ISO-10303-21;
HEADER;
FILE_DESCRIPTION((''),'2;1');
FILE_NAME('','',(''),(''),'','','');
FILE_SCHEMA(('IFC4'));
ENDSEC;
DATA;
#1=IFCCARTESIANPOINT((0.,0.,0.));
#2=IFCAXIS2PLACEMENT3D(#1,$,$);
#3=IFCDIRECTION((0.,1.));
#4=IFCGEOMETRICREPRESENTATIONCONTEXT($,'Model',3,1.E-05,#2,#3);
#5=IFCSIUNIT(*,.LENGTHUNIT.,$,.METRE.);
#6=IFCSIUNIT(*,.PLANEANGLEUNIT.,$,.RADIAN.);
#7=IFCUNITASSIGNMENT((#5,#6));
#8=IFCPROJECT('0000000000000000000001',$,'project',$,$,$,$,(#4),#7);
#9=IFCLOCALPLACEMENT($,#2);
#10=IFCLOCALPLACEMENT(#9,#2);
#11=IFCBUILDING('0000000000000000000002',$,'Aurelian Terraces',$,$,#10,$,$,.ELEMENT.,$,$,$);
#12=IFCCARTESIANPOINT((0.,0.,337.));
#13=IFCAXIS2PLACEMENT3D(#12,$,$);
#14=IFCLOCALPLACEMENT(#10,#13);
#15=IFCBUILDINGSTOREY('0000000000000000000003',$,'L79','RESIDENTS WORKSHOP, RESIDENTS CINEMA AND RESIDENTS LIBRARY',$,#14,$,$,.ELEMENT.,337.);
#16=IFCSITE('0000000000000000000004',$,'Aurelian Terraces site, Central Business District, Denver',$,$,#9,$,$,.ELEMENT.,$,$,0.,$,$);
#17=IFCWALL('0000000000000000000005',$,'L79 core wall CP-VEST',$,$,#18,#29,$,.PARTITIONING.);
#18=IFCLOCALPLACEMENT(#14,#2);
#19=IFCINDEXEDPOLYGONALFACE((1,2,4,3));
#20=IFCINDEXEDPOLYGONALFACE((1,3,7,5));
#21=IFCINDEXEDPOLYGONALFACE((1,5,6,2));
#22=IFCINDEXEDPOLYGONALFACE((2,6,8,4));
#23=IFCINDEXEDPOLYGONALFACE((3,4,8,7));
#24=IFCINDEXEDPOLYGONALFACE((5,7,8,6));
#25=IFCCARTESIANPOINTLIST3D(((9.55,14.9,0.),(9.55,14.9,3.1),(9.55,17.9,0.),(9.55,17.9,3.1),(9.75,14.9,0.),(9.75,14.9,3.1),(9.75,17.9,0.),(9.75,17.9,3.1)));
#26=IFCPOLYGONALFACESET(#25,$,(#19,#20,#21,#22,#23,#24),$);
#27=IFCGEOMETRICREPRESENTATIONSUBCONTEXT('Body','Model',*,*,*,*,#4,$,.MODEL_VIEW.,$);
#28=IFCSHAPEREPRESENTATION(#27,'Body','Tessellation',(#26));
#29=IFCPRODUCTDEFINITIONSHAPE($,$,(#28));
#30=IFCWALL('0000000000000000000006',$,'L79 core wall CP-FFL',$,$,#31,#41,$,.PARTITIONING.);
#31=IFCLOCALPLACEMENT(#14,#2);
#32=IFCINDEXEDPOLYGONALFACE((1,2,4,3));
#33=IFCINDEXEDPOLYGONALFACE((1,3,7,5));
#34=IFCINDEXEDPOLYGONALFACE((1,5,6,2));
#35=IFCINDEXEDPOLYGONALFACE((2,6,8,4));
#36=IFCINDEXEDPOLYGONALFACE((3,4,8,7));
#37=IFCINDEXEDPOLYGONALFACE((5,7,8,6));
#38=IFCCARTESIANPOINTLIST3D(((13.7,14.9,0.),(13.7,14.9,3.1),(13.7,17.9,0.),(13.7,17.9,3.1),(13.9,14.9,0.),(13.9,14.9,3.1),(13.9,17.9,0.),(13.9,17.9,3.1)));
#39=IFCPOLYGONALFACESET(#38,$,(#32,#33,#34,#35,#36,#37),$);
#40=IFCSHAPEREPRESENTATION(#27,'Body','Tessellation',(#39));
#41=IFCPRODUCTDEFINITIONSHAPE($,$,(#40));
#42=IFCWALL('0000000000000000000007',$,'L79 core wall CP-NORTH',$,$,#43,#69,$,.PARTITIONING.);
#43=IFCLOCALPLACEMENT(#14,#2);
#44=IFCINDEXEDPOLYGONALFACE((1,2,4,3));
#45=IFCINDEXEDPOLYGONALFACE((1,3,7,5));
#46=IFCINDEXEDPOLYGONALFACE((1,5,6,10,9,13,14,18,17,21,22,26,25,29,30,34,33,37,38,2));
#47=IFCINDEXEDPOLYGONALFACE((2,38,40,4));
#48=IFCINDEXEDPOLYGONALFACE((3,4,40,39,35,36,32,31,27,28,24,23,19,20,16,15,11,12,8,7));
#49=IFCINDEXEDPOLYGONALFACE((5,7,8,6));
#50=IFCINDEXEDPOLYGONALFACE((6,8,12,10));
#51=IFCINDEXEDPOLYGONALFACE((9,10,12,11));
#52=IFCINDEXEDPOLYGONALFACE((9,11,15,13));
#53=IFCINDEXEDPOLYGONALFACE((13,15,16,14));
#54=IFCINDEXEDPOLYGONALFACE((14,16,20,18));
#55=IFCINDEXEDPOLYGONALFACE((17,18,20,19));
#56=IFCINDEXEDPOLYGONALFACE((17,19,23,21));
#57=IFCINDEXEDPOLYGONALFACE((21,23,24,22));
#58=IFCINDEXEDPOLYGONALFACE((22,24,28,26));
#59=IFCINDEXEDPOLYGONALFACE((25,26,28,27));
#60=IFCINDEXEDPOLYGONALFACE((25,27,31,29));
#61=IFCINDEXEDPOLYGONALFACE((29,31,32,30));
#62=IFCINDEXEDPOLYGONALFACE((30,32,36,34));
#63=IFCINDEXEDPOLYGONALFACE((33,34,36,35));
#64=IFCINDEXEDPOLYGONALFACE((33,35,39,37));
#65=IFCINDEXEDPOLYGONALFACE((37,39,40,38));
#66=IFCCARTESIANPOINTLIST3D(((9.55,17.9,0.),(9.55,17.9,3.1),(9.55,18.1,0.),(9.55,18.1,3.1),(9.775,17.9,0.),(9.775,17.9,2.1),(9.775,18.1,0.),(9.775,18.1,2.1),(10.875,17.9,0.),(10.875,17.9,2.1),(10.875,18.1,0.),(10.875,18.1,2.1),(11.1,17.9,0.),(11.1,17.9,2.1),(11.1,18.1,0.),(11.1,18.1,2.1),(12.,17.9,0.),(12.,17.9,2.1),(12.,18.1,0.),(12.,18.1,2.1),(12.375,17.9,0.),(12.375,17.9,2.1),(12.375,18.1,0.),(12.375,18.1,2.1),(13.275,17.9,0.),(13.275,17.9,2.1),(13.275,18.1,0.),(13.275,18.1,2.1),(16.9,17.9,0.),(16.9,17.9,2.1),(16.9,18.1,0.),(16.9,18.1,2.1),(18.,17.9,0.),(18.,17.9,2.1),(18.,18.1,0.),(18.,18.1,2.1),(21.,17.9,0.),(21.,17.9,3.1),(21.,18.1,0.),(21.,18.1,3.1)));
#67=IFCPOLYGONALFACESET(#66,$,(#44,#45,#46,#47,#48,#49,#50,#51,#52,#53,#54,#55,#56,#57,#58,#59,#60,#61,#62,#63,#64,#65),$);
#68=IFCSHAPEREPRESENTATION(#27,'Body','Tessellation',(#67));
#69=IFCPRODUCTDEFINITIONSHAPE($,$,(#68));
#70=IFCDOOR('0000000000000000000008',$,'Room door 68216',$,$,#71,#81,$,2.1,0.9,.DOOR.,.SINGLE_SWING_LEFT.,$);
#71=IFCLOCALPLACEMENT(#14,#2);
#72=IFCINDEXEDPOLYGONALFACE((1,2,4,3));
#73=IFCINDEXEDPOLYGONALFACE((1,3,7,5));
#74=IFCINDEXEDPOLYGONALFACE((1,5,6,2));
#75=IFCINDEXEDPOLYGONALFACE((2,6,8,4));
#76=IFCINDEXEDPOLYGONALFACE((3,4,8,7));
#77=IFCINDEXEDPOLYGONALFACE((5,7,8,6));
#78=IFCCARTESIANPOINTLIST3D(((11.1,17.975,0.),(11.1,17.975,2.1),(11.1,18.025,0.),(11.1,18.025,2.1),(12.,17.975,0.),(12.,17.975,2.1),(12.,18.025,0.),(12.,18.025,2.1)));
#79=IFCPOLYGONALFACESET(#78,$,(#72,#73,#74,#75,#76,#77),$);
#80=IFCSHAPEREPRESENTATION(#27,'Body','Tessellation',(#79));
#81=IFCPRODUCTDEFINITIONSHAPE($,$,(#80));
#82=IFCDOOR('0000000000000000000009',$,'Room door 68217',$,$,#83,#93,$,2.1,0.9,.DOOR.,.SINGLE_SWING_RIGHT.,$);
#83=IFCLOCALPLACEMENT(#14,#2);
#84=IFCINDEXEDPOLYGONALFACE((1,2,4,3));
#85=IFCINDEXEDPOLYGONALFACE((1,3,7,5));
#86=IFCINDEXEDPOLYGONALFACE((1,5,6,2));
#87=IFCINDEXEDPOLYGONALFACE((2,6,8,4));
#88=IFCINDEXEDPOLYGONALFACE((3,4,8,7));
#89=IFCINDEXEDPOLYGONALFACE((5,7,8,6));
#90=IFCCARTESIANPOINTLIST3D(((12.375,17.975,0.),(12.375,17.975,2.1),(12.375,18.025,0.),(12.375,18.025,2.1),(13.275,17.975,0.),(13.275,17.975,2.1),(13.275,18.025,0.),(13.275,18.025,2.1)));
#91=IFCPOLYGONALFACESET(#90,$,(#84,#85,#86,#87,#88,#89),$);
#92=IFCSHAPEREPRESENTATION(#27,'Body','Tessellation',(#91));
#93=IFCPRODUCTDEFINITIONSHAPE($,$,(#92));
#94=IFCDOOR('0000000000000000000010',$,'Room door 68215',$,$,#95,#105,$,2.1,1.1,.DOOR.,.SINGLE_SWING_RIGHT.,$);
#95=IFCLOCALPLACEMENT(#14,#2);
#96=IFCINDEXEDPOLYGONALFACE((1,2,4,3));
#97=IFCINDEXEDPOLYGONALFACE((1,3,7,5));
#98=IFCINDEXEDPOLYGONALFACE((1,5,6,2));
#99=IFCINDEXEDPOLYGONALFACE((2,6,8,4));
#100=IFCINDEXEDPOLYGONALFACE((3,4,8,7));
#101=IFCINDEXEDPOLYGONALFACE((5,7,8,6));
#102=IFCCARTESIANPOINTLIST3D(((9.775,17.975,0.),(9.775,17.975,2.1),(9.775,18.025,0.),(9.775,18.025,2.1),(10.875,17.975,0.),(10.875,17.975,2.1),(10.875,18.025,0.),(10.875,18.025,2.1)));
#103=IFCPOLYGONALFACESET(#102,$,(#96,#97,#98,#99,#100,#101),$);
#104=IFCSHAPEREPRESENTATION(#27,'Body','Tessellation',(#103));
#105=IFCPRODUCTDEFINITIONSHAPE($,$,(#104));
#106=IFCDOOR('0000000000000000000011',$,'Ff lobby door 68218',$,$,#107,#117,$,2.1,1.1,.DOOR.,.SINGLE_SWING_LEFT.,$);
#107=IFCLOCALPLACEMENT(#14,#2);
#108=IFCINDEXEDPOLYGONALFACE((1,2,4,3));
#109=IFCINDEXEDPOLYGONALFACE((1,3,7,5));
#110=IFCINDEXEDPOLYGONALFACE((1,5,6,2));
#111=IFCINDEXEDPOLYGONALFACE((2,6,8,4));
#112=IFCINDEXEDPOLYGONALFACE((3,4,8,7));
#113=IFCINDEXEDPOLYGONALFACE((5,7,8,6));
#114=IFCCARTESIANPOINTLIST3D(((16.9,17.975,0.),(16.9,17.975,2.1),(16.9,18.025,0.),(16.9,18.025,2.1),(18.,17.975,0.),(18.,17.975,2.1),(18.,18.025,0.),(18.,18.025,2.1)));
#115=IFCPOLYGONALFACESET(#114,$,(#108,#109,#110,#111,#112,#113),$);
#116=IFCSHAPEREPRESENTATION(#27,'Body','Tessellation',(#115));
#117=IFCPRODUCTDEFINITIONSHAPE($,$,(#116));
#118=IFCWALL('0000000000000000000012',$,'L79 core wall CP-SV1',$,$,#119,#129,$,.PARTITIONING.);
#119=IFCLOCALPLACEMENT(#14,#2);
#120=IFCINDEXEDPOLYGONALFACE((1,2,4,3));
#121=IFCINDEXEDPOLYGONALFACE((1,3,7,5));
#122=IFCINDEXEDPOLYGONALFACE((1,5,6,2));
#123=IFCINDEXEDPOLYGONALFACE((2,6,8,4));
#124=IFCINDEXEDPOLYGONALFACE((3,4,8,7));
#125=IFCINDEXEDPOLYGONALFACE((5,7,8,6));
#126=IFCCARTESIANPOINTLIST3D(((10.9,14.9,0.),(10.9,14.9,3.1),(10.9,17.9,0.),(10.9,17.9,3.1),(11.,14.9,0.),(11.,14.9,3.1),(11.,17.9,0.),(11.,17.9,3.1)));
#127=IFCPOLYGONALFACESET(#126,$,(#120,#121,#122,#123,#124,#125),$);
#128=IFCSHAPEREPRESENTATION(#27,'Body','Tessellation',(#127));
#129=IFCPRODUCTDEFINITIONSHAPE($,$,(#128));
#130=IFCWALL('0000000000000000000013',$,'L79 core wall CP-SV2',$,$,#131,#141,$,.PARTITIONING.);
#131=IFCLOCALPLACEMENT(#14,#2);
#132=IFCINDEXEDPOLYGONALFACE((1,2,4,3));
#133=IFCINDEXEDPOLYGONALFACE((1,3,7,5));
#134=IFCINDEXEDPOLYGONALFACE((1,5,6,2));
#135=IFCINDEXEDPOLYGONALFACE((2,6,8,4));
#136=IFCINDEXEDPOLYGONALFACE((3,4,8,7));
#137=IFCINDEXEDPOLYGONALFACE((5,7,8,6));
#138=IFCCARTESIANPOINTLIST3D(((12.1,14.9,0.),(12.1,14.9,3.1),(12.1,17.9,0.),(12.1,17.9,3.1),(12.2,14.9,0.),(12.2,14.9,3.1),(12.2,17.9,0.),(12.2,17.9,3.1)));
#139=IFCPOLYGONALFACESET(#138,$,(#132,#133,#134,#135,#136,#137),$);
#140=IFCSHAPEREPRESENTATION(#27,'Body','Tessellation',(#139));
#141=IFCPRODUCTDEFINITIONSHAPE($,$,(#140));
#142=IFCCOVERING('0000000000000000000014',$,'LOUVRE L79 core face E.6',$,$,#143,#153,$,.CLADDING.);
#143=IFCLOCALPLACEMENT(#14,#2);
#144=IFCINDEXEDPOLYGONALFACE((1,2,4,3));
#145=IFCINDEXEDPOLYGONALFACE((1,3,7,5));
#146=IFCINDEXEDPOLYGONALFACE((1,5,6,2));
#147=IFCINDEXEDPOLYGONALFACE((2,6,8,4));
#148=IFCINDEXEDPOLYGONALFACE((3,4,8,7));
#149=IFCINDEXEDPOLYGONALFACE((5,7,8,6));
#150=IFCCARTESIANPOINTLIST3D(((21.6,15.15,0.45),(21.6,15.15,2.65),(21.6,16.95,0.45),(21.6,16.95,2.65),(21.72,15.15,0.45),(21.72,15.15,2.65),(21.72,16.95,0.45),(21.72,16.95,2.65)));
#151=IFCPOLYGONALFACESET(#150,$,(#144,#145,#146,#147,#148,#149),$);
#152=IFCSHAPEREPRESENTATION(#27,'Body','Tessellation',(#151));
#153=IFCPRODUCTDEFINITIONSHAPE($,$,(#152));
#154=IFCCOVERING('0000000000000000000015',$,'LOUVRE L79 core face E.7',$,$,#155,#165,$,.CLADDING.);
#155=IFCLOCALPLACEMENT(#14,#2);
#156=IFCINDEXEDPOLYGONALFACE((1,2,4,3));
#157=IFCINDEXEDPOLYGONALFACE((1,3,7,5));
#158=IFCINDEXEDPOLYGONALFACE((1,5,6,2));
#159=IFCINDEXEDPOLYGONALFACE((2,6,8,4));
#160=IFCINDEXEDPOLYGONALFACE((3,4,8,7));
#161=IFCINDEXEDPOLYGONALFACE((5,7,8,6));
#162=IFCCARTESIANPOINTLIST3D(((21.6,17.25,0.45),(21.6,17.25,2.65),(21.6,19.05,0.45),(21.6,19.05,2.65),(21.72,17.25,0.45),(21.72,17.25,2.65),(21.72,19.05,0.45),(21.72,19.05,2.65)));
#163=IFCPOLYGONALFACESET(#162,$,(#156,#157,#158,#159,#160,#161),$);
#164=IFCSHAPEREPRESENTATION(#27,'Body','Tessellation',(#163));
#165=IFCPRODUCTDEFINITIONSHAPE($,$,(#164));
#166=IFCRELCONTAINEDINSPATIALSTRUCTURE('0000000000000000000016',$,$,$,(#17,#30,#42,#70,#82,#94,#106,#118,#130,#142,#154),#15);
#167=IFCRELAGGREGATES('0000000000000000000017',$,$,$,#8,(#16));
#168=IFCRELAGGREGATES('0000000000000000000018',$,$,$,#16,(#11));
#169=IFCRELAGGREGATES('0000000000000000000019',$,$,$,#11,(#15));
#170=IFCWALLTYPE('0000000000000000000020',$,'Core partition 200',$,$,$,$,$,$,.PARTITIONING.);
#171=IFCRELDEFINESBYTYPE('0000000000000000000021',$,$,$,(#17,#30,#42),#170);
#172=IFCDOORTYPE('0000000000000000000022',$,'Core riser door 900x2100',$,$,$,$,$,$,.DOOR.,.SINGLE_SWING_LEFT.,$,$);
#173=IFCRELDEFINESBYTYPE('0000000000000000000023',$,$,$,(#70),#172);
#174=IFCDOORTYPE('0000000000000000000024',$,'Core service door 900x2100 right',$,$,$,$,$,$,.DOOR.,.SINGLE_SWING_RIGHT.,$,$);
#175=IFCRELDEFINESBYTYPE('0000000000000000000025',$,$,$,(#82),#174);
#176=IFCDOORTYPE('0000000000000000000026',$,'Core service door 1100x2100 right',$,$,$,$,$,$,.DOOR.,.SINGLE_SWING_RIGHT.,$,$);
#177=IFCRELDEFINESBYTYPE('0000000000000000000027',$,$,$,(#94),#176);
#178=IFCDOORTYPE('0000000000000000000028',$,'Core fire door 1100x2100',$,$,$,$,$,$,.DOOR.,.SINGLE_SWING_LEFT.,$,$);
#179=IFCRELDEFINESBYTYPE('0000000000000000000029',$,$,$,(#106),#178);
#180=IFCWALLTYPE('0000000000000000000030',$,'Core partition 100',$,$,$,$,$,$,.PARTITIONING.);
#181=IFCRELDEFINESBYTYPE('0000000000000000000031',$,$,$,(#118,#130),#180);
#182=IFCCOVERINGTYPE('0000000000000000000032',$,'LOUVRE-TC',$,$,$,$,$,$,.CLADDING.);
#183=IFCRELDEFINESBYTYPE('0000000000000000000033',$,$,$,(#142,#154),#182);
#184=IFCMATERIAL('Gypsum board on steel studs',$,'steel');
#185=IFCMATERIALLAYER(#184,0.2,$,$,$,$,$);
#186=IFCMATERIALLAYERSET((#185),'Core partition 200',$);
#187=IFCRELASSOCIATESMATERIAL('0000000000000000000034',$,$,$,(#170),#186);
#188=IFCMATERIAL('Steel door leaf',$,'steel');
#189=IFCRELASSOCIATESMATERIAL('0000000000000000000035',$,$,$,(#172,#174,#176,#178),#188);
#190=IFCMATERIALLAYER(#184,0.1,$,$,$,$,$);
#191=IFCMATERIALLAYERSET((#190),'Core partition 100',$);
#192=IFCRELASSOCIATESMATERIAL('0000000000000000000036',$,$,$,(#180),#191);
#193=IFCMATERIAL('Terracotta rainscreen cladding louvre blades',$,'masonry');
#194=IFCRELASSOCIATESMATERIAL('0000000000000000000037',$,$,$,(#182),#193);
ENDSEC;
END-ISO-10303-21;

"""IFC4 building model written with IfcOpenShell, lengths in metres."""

from ifc_helpers import new_model, si_unit, direction, frame, frame_2d, origin, origin_2d, place, context, subcontext, project, spatial, rectangle, extrude, source, transform, mapped, material, layer, layer_set, type_object, element, fill, save


model = new_model("IFC4")

# Units and contexts
model_context = context("Model", 3, precision=1e-05, world=origin(), true_north=direction((0.0, 1.0)))
body_context = subcontext(model_context, "Body", "Model", "MODEL_VIEW")
ifc_project = project(units=[si_unit("LENGTHUNIT", "METRE"), si_unit("PLANEANGLEUNIT", "RADIAN")], contexts=[model_context])

# Site, building, storey
site_placement = place(None, origin())
site = spatial("IfcSite", under=ifc_project, at=site_placement, Name="Aurelian Terraces site, Central Business District, Denver", CompositionType="ELEMENT", RefElevation=0.0)
building_placement = place(site_placement, origin())
building = spatial("IfcBuilding", under=site, at=building_placement, Name="Aurelian Terraces", CompositionType="ELEMENT")
storey_placement = place(building_placement, frame((0.0, 0.0, 337.0)))
storey = spatial("IfcBuildingStorey", under=building, at=storey_placement, Name="L79", Description="RESIDENTS WORKSHOP, RESIDENTS CINEMA AND RESIDENTS LIBRARY", CompositionType="ELEMENT", Elevation=337.0)

# Walls
ifc_material_1 = material(Name="Gypsum board on steel studs", Category="steel")
ifc_layer_1 = layer(ifc_material_1, 0.2)
ifc_layer_set_1 = layer_set([ifc_layer_1], Name="Core partition 200")
wall_type_1 = type_object("IfcWallType", Name="Core partition 200", PredefinedType="PARTITIONING", material=ifc_layer_set_1)
shared_shape_1 = source(origin(), body_context, "Body", "SweptSolid", [
    extrude(rectangle(XDim=3.0, YDim=0.2, at=frame_2d((1.5, 0.0))), origin(), (0.0, 0.0, 1.0), 3.1),
])
for number, where, z_axis, x_axis, name in (
    (1, (9.65, 14.9, 0.0), (0.0, 0.0, 1.0), (0.0, 1.0, 0.0), "L79 core wall CP-VEST"),
    (2, (13.8, 14.9, 0.0), (0.0, 0.0, 1.0), (0.0, 1.0, 0.0), "L79 core wall CP-FFL"),
):
    element("IfcWall", number, at=place(storey_placement, frame(where, z_axis=z_axis, x_axis=x_axis)), inside=storey, type_object=wall_type_1, Name=name, PredefinedType="PARTITIONING", context=body_context, shape_type="MappedRepresentation", body=[
        mapped(shared_shape_1, transform((0.0, 0.0, 0.0), scale=1.0)),
    ])

# Wall, openings, doors
shared_shape_2 = source(origin(), body_context, "Body", "SweptSolid", [
    extrude(rectangle(XDim=11.45, YDim=0.2, at=frame_2d((5.725, 0.0))), origin(), (0.0, 0.0, 1.0), 3.1),
])
wall_placement = place(storey_placement, frame((9.55, 18.0, 0.0), z_axis=(0.0, 0.0, 1.0), x_axis=(1.0, 0.0, 0.0)))
wall = element("IfcWall", 3, at=wall_placement, inside=storey, type_object=wall_type_1, Name="L79 core wall CP-NORTH", PredefinedType="PARTITIONING", context=body_context, shape_type="MappedRepresentation", body=[
    mapped(shared_shape_2, transform((0.0, 0.0, 0.0), scale=1.0)),
])
shared_shape_3 = source(origin(), body_context, "Body", "SweptSolid", [
    extrude(rectangle(XDim=1.1, YDim=2.1, at=frame_2d((0.55, 1.05))), frame((0.0, 0.11, 0.0), z_axis=(0.0, -1.0, 0.0), x_axis=(1.0, 0.0, 0.0)), (0.0, 0.0, 1.0), 0.22),
])
opening_1_placement = place(wall_placement, frame((0.225, 0.0, 0.0)))
opening_1 = element("IfcOpeningElement", 4, at=opening_1_placement, cuts=wall, PredefinedType="OPENING", context=body_context, shape_type="MappedRepresentation", body=[
    mapped(shared_shape_3, transform((0.0, 0.0, 0.0), scale=1.0)),
])
shared_shape_4 = source(origin(), body_context, "Body", "SweptSolid", [
    extrude(rectangle(XDim=0.9, YDim=2.1, at=frame_2d((0.45, 1.05))), frame((0.0, 0.11, 0.0), z_axis=(0.0, -1.0, 0.0), x_axis=(1.0, 0.0, 0.0)), (0.0, 0.0, 1.0), 0.22),
])
opening_2_placement = place(wall_placement, frame((1.55, 0.0, 0.0)))
opening_2 = element("IfcOpeningElement", 5, at=opening_2_placement, cuts=wall, PredefinedType="OPENING", context=body_context, shape_type="MappedRepresentation", body=[
    mapped(shared_shape_4, transform((0.0, 0.0, 0.0), scale=1.0)),
])
opening_3_placement = place(wall_placement, frame((2.825, 0.0, 0.0)))
opening_3 = element("IfcOpeningElement", 6, at=opening_3_placement, cuts=wall, PredefinedType="OPENING", context=body_context, shape_type="MappedRepresentation", body=[
    mapped(shared_shape_4, transform((0.0, 0.0, 0.0), scale=1.0)),
])
opening_4_placement = place(wall_placement, frame((7.35, 0.0, 0.0)))
opening_4 = element("IfcOpeningElement", 7, at=opening_4_placement, cuts=wall, PredefinedType="OPENING", context=body_context, shape_type="MappedRepresentation", body=[
    mapped(shared_shape_3, transform((0.0, 0.0, 0.0), scale=1.0)),
])
ifc_material_2 = material(Name="Steel door leaf", Category="steel")
door_type_1 = type_object("IfcDoorType", Name="Core riser door 900x2100", OperationType="SINGLE_SWING_LEFT", PredefinedType="DOOR", material=ifc_material_2)
shared_shape_5 = source(origin(), body_context, "Body", "SweptSolid", [
    extrude(rectangle(XDim=0.9, YDim=2.1, at=frame_2d((0.45, 1.05))), frame((0.0, 0.025, 0.0), z_axis=(0.0, -1.0, 0.0), x_axis=(1.0, 0.0, 0.0)), (0.0, 0.0, 1.0), 0.05),
])
door_1_placement = place(opening_2_placement, origin())
door_1 = element("IfcDoor", 8, at=door_1_placement, inside=storey, type_object=door_type_1, Name="Room door 68216", OperationType="SINGLE_SWING_LEFT", OverallHeight=2.1, OverallWidth=0.9, PredefinedType="DOOR", context=body_context, shape_type="MappedRepresentation", body=[
    mapped(shared_shape_5, transform((0.0, 0.0, 0.0), scale=1.0)),
])
fill(opening_2, door_1)
door_type_2 = type_object("IfcDoorType", Name="Core service door 900x2100 right", OperationType="SINGLE_SWING_RIGHT", PredefinedType="DOOR", material=ifc_material_2)
door_2_placement = place(opening_3_placement, origin())
door_2 = element("IfcDoor", 9, at=door_2_placement, inside=storey, type_object=door_type_2, Name="Room door 68217", OperationType="SINGLE_SWING_RIGHT", OverallHeight=2.1, OverallWidth=0.9, PredefinedType="DOOR", context=body_context, shape_type="MappedRepresentation", body=[
    mapped(shared_shape_5, transform((0.0, 0.0, 0.0), scale=1.0)),
])
fill(opening_3, door_2)
door_type_3 = type_object("IfcDoorType", Name="Core service door 1100x2100 right", OperationType="SINGLE_SWING_RIGHT", PredefinedType="DOOR", material=ifc_material_2)
shared_shape_6 = source(origin(), body_context, "Body", "SweptSolid", [
    extrude(rectangle(XDim=1.1, YDim=2.1, at=frame_2d((0.55, 1.05))), frame((0.0, 0.025, 0.0), z_axis=(0.0, -1.0, 0.0), x_axis=(1.0, 0.0, 0.0)), (0.0, 0.0, 1.0), 0.05),
])
door_3_placement = place(opening_1_placement, origin())
door_3 = element("IfcDoor", 10, at=door_3_placement, inside=storey, type_object=door_type_3, Name="Room door 68215", OperationType="SINGLE_SWING_RIGHT", OverallHeight=2.1, OverallWidth=1.1, PredefinedType="DOOR", context=body_context, shape_type="MappedRepresentation", body=[
    mapped(shared_shape_6, transform((0.0, 0.0, 0.0), scale=1.0)),
])
fill(opening_1, door_3)
door_type_4 = type_object("IfcDoorType", Name="Core fire door 1100x2100", OperationType="SINGLE_SWING_LEFT", PredefinedType="DOOR", material=ifc_material_2)
door_4_placement = place(opening_4_placement, origin())
door_4 = element("IfcDoor", 11, at=door_4_placement, inside=storey, type_object=door_type_4, Name="Ff lobby door 68218", OperationType="SINGLE_SWING_LEFT", OverallHeight=2.1, OverallWidth=1.1, PredefinedType="DOOR", context=body_context, shape_type="MappedRepresentation", body=[
    mapped(shared_shape_6, transform((0.0, 0.0, 0.0), scale=1.0)),
])
fill(opening_4, door_4)

# Walls
ifc_layer_2 = layer(ifc_material_1, 0.1)
ifc_layer_set_2 = layer_set([ifc_layer_2], Name="Core partition 100")
wall_type_2 = type_object("IfcWallType", Name="Core partition 100", PredefinedType="PARTITIONING", material=ifc_layer_set_2)
shared_shape_7 = source(origin(), body_context, "Body", "SweptSolid", [
    extrude(rectangle(XDim=3.0, YDim=0.1, at=frame_2d((1.5, 0.0))), origin(), (0.0, 0.0, 1.0), 3.1),
])
for number, where, z_axis, x_axis, name in (
    (12, (10.95, 14.9, 0.0), (0.0, 0.0, 1.0), (0.0, 1.0, 0.0), "L79 core wall CP-SV1"),
    (13, (12.15, 14.9, 0.0), (0.0, 0.0, 1.0), (0.0, 1.0, 0.0), "L79 core wall CP-SV2"),
):
    element("IfcWall", number, at=place(storey_placement, frame(where, z_axis=z_axis, x_axis=x_axis)), inside=storey, type_object=wall_type_2, Name=name, PredefinedType="PARTITIONING", context=body_context, shape_type="MappedRepresentation", body=[
        mapped(shared_shape_7, transform((0.0, 0.0, 0.0), scale=1.0)),
    ])

# Coverings
ifc_material_3 = material(Name="Terracotta rainscreen cladding louvre blades", Category="masonry")
covering_type_1 = type_object("IfcCoveringType", Name="LOUVRE-TC", PredefinedType="CLADDING", material=ifc_material_3)
shared_shape_8 = source(origin(), body_context, "Body", "SweptSolid", [
    extrude(rectangle(XDim=0.12, YDim=1.8, at=origin_2d()), origin(), (0.0, 0.0, 1.0), 2.2),
])
for number, where, z_axis, x_axis, name in (
    (14, (21.66, 16.05, 0.45), (0.0, 0.0, 1.0), (1.0, 0.0, 0.0), "LOUVRE L79 core face E.6"),
    (15, (21.66, 18.15, 0.45), (0.0, 0.0, 1.0), (1.0, 0.0, 0.0), "LOUVRE L79 core face E.7"),
):
    element("IfcCovering", number, at=place(storey_placement, frame(where, z_axis=z_axis, x_axis=x_axis)), inside=storey, type_object=covering_type_1, Name=name, PredefinedType="CLADDING", context=body_context, shape_type="MappedRepresentation", body=[
        mapped(shared_shape_8, transform((0.0, 0.0, 0.0), scale=1.0)),
    ])

save(model, "model.ifc")
